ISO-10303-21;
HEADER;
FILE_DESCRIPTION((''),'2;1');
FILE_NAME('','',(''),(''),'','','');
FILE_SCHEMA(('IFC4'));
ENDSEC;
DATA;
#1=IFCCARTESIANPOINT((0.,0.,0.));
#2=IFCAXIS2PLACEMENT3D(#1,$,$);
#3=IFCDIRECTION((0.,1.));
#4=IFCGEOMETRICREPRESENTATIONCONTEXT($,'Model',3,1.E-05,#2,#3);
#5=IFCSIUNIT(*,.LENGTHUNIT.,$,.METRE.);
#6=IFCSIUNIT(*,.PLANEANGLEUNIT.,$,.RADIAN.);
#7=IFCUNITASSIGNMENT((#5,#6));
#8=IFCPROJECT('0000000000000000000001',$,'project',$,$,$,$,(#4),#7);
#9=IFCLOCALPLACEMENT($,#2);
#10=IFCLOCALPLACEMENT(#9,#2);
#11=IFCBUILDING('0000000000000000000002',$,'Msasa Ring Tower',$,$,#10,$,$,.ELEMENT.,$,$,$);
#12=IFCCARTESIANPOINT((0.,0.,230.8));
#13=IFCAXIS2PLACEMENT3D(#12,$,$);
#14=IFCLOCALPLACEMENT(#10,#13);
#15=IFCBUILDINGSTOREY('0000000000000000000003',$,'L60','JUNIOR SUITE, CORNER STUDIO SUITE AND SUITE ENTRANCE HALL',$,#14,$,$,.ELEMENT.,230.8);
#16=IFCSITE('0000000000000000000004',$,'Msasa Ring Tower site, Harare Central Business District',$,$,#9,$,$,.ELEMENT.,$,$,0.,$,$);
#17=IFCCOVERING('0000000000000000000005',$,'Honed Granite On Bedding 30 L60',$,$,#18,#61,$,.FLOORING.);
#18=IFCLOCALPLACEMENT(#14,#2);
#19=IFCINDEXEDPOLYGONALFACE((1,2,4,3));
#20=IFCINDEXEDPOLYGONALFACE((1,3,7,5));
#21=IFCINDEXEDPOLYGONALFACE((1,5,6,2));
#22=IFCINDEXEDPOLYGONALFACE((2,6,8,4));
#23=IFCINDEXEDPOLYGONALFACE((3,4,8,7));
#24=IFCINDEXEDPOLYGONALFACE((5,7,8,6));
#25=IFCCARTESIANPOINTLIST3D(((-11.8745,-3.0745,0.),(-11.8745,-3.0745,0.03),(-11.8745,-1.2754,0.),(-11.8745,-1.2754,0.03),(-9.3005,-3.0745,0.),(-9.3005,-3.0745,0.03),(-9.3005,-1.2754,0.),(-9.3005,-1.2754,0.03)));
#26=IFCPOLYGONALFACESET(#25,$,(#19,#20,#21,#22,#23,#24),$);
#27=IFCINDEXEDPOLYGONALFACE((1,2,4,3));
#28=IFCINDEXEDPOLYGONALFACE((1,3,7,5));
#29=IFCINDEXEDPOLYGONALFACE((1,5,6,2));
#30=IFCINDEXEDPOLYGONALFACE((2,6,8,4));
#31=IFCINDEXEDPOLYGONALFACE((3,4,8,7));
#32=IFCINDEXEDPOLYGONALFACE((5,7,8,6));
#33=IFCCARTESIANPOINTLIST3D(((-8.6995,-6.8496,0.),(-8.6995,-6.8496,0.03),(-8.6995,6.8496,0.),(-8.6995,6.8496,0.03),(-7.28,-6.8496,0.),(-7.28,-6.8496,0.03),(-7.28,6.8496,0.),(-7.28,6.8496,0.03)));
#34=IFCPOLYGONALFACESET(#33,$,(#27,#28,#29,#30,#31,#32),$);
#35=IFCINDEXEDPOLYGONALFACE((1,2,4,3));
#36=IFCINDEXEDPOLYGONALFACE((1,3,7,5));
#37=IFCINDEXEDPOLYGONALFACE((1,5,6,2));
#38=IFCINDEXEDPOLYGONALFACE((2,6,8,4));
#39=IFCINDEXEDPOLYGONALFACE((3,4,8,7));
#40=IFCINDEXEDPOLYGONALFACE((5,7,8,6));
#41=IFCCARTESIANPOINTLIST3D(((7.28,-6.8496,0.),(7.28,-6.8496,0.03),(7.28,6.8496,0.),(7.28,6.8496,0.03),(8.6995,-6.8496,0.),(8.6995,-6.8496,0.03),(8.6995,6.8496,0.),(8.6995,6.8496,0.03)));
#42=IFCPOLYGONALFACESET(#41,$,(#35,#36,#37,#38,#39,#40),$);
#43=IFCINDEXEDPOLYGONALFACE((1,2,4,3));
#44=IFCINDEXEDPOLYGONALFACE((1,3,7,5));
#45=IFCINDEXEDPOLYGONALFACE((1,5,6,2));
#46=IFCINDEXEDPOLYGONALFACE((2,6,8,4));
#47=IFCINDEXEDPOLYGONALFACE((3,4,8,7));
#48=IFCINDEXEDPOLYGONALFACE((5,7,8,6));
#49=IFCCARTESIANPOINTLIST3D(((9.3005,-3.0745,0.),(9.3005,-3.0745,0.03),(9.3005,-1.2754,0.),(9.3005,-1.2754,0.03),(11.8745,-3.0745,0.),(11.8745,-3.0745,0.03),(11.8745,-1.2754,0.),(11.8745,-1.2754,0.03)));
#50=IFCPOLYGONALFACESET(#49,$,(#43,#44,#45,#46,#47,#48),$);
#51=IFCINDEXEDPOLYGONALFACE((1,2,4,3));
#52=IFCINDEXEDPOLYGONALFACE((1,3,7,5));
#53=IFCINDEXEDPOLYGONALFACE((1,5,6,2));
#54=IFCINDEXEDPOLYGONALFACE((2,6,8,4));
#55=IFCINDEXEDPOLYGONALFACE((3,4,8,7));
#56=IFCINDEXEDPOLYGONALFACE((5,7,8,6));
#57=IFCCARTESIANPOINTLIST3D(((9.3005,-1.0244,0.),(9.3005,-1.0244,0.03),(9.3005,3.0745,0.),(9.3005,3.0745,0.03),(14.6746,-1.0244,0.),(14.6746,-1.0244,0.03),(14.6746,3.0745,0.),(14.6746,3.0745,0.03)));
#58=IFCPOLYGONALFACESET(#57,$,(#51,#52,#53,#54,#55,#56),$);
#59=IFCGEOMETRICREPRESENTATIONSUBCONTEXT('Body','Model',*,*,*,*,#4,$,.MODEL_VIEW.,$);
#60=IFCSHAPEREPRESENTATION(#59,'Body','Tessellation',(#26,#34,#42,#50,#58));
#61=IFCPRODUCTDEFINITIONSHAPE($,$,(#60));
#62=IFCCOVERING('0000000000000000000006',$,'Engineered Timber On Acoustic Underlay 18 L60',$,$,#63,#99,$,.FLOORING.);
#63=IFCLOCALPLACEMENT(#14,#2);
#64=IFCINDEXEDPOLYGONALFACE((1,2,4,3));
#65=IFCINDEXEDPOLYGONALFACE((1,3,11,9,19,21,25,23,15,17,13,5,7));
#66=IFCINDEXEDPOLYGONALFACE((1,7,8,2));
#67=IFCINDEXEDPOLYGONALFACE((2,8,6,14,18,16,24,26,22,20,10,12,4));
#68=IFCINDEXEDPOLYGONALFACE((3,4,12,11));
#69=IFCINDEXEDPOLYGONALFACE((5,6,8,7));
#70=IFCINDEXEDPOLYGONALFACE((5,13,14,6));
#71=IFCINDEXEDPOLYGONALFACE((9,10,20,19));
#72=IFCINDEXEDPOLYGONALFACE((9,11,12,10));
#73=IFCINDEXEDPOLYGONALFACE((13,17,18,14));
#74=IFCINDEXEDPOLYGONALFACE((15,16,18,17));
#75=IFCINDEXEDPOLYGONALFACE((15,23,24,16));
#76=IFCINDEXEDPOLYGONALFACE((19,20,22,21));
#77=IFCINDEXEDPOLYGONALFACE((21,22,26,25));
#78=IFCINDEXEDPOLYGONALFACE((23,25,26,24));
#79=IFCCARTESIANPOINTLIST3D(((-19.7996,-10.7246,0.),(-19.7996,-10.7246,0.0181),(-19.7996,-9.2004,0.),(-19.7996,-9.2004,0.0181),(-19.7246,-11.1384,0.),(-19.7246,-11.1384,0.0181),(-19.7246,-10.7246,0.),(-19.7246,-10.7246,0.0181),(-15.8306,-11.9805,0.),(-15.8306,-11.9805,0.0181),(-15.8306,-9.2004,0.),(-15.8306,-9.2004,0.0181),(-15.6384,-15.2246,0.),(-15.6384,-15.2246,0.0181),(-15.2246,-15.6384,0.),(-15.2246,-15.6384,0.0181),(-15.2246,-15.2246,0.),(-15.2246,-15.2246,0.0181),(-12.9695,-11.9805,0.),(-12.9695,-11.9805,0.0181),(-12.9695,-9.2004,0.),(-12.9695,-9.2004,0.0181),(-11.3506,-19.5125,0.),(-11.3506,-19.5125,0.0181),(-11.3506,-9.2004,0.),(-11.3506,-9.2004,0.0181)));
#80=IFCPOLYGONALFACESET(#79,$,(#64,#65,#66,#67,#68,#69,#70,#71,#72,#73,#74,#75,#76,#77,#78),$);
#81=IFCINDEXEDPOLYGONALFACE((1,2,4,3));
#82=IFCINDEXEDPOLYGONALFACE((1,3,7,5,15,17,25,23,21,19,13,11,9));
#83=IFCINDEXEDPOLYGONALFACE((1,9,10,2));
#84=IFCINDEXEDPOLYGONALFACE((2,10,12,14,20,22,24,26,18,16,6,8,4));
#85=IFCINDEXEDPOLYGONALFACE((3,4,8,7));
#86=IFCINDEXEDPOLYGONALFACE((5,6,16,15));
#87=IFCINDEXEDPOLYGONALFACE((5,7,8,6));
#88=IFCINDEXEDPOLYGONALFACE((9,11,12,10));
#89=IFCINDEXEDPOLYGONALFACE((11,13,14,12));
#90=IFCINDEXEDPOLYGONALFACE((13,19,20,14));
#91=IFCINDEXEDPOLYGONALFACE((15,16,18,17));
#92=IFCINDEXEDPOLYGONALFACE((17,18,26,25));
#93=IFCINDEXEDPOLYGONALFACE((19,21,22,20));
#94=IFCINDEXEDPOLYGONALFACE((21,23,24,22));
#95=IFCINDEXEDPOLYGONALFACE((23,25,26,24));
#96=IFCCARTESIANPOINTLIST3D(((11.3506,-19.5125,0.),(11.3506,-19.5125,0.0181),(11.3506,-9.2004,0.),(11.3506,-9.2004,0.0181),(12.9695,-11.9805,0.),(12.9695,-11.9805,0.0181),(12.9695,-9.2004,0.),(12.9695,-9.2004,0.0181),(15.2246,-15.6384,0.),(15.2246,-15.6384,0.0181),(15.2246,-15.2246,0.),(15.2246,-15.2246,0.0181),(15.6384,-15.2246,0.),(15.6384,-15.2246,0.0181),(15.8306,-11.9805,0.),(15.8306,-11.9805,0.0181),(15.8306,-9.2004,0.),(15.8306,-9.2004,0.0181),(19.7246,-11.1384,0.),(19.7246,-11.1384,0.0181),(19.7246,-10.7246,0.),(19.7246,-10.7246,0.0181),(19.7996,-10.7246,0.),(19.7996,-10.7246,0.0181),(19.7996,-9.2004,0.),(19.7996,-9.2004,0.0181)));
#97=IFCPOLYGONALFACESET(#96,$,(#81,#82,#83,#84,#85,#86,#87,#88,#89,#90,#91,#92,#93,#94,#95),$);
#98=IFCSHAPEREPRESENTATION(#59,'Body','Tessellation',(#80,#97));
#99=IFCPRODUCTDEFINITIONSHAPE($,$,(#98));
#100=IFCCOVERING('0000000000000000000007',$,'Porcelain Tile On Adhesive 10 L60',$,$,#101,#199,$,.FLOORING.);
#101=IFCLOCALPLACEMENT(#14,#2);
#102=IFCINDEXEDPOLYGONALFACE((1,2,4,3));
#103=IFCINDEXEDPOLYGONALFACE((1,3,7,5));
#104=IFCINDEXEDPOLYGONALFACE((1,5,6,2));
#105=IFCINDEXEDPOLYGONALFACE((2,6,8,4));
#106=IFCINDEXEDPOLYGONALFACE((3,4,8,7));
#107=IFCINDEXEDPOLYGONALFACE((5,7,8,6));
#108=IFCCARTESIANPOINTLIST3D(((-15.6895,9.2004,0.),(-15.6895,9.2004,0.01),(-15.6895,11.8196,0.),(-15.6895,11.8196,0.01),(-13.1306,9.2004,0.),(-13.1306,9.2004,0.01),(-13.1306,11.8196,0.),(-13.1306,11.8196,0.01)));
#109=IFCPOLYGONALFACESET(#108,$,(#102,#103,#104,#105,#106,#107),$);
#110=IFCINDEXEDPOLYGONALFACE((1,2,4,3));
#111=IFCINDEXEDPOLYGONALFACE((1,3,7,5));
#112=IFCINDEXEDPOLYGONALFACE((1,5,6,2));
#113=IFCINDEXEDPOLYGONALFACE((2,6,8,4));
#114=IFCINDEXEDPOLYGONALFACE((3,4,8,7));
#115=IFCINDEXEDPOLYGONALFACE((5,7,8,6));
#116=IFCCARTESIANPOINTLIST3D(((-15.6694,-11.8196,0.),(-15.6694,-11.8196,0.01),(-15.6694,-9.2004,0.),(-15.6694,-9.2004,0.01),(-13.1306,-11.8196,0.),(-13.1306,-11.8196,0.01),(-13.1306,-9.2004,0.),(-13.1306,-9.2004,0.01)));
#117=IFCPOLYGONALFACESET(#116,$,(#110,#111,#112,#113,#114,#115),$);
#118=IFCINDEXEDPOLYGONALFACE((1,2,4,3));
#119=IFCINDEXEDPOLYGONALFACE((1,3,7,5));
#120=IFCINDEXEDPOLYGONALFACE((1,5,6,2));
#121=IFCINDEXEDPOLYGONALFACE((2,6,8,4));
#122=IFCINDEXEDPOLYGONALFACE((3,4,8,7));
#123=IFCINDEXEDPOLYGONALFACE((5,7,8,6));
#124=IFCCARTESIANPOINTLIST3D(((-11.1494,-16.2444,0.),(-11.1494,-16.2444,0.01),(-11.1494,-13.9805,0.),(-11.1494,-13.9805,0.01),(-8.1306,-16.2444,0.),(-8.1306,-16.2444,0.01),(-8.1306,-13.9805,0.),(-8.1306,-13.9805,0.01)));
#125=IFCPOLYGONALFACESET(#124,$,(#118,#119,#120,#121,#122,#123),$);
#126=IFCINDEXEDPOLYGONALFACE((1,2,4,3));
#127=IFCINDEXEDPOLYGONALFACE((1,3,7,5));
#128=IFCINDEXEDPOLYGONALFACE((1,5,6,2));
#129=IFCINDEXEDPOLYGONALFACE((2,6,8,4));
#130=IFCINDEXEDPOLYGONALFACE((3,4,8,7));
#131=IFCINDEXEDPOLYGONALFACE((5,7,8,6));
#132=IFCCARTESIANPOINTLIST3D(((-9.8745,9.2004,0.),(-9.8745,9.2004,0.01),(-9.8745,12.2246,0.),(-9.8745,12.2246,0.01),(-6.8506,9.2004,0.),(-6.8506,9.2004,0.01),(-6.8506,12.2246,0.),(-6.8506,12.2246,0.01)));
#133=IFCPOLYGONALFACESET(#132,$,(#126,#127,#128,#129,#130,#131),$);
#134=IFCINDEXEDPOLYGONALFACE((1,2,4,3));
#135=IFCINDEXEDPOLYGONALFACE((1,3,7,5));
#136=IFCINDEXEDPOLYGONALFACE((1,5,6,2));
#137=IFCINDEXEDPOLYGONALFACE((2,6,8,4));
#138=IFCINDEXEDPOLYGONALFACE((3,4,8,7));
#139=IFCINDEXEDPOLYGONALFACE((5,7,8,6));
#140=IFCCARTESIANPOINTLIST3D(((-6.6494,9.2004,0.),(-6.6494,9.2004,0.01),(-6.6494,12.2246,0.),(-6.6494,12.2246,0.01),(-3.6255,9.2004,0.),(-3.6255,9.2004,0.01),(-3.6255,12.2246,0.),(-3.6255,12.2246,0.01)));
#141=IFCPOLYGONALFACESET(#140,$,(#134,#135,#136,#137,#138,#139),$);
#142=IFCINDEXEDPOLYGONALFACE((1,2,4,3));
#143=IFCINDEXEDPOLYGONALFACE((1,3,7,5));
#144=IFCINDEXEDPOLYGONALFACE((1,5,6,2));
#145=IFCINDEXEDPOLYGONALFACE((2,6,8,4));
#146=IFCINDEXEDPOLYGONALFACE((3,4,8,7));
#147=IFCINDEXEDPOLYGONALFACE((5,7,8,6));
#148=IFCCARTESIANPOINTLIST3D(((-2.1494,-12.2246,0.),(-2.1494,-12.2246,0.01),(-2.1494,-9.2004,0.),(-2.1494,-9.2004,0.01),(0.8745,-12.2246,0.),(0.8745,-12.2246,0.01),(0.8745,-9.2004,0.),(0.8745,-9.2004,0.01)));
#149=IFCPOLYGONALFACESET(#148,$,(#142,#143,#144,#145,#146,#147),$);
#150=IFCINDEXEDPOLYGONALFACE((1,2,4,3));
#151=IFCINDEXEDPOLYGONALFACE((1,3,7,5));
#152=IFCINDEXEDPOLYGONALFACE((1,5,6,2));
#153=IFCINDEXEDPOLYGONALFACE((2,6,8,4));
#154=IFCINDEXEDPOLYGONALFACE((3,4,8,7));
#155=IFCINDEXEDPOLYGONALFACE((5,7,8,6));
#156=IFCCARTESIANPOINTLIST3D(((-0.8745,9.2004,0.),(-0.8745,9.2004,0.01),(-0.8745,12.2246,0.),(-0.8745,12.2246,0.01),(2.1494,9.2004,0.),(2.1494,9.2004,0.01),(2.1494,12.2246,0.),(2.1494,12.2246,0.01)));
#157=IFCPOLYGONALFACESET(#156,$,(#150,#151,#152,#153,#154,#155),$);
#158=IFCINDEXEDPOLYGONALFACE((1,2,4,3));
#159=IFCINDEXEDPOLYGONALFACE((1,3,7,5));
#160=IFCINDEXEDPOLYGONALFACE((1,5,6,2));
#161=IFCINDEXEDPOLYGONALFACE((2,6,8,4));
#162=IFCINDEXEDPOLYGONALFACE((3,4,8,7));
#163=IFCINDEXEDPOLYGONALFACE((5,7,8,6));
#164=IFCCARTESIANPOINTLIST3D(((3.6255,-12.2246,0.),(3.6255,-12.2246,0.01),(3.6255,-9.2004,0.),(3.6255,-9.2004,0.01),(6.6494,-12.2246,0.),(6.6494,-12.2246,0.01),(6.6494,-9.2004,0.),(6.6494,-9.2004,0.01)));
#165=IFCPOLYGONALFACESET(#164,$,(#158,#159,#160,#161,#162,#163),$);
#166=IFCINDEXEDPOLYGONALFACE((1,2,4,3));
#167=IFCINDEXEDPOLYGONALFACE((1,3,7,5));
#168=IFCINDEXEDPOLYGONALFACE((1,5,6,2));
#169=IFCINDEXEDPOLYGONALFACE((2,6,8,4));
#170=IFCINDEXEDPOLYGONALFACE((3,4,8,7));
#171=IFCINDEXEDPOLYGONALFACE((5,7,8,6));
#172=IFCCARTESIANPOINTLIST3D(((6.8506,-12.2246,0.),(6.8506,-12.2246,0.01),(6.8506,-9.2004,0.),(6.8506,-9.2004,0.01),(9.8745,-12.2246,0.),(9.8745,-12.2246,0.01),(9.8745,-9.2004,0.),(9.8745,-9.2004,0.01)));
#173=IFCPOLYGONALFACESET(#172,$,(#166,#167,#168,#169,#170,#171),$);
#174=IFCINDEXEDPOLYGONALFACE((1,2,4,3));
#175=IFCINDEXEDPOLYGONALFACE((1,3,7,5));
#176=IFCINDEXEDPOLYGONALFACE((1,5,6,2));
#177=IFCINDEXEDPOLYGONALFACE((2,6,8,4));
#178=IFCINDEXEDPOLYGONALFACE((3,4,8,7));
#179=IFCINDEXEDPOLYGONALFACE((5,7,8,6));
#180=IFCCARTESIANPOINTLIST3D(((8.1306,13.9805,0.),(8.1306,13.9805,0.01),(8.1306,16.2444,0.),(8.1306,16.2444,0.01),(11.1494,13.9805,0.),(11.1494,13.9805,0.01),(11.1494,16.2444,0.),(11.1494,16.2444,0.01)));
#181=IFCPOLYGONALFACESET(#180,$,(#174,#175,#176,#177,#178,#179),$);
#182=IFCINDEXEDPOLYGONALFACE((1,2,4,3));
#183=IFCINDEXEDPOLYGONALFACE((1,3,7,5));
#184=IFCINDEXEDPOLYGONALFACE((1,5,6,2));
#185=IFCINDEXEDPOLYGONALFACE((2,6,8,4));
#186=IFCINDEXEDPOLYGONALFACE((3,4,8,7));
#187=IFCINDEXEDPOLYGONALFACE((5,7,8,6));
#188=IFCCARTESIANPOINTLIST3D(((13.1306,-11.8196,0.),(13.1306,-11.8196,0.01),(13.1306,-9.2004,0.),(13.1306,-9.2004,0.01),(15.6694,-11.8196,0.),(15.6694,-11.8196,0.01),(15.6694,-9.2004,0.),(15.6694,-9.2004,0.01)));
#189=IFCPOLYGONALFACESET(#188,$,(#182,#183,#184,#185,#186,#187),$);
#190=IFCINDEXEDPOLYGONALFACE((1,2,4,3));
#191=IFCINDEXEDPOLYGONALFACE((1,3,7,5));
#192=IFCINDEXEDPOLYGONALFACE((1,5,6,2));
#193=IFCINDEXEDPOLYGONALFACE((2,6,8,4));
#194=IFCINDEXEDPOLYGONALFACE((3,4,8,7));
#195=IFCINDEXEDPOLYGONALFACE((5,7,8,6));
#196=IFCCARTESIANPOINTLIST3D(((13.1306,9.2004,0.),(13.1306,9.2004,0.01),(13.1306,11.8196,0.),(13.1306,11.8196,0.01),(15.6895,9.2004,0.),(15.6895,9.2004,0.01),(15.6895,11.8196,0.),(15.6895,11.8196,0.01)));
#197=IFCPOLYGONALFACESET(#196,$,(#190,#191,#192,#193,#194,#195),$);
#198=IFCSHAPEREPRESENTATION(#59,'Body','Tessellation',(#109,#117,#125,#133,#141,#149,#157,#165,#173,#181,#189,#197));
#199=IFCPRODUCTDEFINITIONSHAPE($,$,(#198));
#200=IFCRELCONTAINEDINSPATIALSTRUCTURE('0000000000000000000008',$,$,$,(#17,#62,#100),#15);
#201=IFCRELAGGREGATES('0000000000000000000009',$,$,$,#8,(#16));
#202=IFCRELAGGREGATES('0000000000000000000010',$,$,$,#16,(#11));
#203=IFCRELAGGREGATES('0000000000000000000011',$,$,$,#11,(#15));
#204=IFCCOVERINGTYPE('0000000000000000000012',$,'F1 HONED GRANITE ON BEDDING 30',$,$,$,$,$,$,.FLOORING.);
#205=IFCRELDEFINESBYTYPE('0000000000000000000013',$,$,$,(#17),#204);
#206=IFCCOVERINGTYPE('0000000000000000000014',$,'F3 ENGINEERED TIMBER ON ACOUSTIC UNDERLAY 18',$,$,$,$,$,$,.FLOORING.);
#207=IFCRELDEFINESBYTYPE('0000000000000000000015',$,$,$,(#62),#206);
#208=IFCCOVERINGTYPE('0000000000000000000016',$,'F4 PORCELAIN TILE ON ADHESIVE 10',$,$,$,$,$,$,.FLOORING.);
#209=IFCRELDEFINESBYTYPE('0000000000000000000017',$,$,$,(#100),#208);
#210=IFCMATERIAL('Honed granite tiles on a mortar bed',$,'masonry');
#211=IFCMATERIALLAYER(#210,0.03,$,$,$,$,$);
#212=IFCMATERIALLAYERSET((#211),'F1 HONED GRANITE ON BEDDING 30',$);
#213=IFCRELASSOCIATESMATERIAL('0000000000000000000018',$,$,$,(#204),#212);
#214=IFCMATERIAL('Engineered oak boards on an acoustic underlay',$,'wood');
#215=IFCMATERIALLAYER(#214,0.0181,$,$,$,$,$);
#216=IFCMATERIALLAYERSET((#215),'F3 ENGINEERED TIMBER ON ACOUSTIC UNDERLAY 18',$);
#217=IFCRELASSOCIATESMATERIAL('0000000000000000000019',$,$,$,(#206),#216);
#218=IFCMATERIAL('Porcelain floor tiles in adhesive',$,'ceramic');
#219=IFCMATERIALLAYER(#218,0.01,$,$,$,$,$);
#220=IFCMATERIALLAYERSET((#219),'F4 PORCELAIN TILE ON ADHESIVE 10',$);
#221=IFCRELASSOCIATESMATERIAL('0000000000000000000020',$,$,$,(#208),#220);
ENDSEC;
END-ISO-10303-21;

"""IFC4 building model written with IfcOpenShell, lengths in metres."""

from ifc_helpers import new_model, si_unit, direction, frame, origin, place, context, subcontext, project, spatial, line, indexed_curve, outline, extrude, material, layer, layer_set, type_object, element, save


model = new_model("IFC4")

# Units and contexts
model_context = context("Model", 3, precision=1e-05, world=origin(), true_north=direction((0.0, 1.0)))
body_context = subcontext(model_context, "Body", "Model", "MODEL_VIEW")
ifc_project = project(units=[si_unit("LENGTHUNIT", "METRE"), si_unit("PLANEANGLEUNIT", "RADIAN")], contexts=[model_context])

# Site, building, storey
site_placement = place(None, origin())
site = spatial("IfcSite", under=ifc_project, at=site_placement, Name="Msasa Ring Tower site, Harare Central Business District", CompositionType="ELEMENT", RefElevation=0.0)
building_placement = place(site_placement, origin())
building = spatial("IfcBuilding", under=site, at=building_placement, Name="Msasa Ring Tower", CompositionType="ELEMENT")
storey_placement = place(building_placement, frame((0.0, 0.0, 230.8)))
storey = spatial("IfcBuildingStorey", under=building, at=storey_placement, Name="L60", Description="JUNIOR SUITE, CORNER STUDIO SUITE AND SUITE ENTRANCE HALL", CompositionType="ELEMENT", Elevation=230.8)

# Coverings
ifc_material_1 = material(Name="Honed granite tiles on a mortar bed", Category="masonry")
ifc_layer_1 = layer(ifc_material_1, 0.03)
ifc_layer_set_1 = layer_set([ifc_layer_1], Name="F1 HONED GRANITE ON BEDDING 30")
covering_type_1 = type_object("IfcCoveringType", Name="F1 HONED GRANITE ON BEDDING 30", PredefinedType="FLOORING", material=ifc_layer_set_1)
covering_1_placement = place(storey_placement, origin())
element("IfcCovering", 1, at=covering_1_placement, inside=storey, type_object=covering_type_1, Name="Honed Granite On Bedding 30 L60", PredefinedType="FLOORING", context=body_context, shape_type="SweptSolid", body=[
    extrude(outline(indexed_curve([(-11.8745, -3.0745), (-11.8745, -1.2754), (-9.3005, -1.2754), (-9.3005, -3.0745)], segments=[line(1, 2, 3, 4, 1)], self_intersect=False)), origin(), (0.0, 0.0, 1.0), 0.03),
    extrude(outline(indexed_curve([(-8.6995, -6.8496), (-8.6995, 6.8496), (-7.28, 6.8496), (-7.28, -6.8496)], segments=[line(1, 2, 3, 4, 1)], self_intersect=False)), origin(), (0.0, 0.0, 1.0), 0.03),
    extrude(outline(indexed_curve([(8.6995, 6.8496), (8.6995, -6.8496), (7.28, -6.8496), (7.28, 6.8496)], segments=[line(1, 2, 3, 4, 1)], self_intersect=False)), origin(), (0.0, 0.0, 1.0), 0.03),
    extrude(outline(indexed_curve([(9.3005, -3.0745), (9.3005, -1.2754), (11.8745, -1.2754), (11.8745, -3.0745)], segments=[line(1, 2, 3, 4, 1)], self_intersect=False)), origin(), (0.0, 0.0, 1.0), 0.03),
    extrude(outline(indexed_curve([(9.3005, 3.0745), (14.6746, 3.0745), (14.6746, -1.0244), (9.3005, -1.0244)], segments=[line(1, 2, 3, 4, 1)], self_intersect=False)), origin(), (0.0, 0.0, 1.0), 0.03),
])
ifc_material_2 = material(Name="Engineered oak boards on an acoustic underlay", Category="wood")
ifc_layer_2 = layer(ifc_material_2, 0.0181)
ifc_layer_set_2 = layer_set([ifc_layer_2], Name="F3 ENGINEERED TIMBER ON ACOUSTIC UNDERLAY 18")
covering_type_2 = type_object("IfcCoveringType", Name="F3 ENGINEERED TIMBER ON ACOUSTIC UNDERLAY 18", PredefinedType="FLOORING", material=ifc_layer_set_2)
covering_2_placement = place(storey_placement, origin())
element("IfcCovering", 2, at=covering_2_placement, inside=storey, type_object=covering_type_2, Name="Engineered Timber On Acoustic Underlay 18 L60", PredefinedType="FLOORING", context=body_context, shape_type="SweptSolid", body=[
    extrude(outline(indexed_curve([(-15.8306, -9.2004), (-15.8306, -11.9805), (-12.9695, -11.9805), (-12.9695, -9.2004), (-11.3506, -9.2004), (-11.3506, -19.5125), (-15.2246, -15.6384), (-15.2246, -15.2246), (-15.6384, -15.2246), (-19.7246, -11.1384), (-19.7246, -10.7246), (-19.7996, -10.7246), (-19.7996, -9.2004)], segments=[line(1, 2, 3, 4, 5, 6, 7, 8, 9, 10, 11, 12, 13, 1)], self_intersect=False)), origin(), (0.0, 0.0, 1.0), 0.0181),
    extrude(outline(indexed_curve([(15.8306, -11.9805), (15.8306, -9.2004), (19.7996, -9.2004), (19.7996, -10.7246), (19.7246, -10.7246), (19.7246, -11.1384), (15.6384, -15.2246), (15.2246, -15.2246), (15.2246, -15.6384), (11.3506, -19.5125), (11.3506, -9.2004), (12.9695, -9.2004), (12.9695, -11.9805)], segments=[line(1, 2, 3, 4, 5, 6, 7, 8, 9, 10, 11, 12, 13, 1)], self_intersect=False)), origin(), (0.0, 0.0, 1.0), 0.0181),
])
ifc_material_3 = material(Name="Porcelain floor tiles in adhesive", Category="ceramic")
ifc_layer_3 = layer(ifc_material_3, 0.01)
ifc_layer_set_3 = layer_set([ifc_layer_3], Name="F4 PORCELAIN TILE ON ADHESIVE 10")
covering_type_3 = type_object("IfcCoveringType", Name="F4 PORCELAIN TILE ON ADHESIVE 10", PredefinedType="FLOORING", material=ifc_layer_set_3)
covering_3_placement = place(storey_placement, origin())
element("IfcCovering", 3, at=covering_3_placement, inside=storey, type_object=covering_type_3, Name="Porcelain Tile On Adhesive 10 L60", PredefinedType="FLOORING", context=body_context, shape_type="SweptSolid", body=[
    extrude(outline(indexed_curve([(-15.6895, 11.8196), (-13.1306, 11.8196), (-13.1306, 9.2004), (-15.6895, 9.2004)], segments=[line(1, 2, 3, 4, 1)], self_intersect=False)), origin(), (0.0, 0.0, 1.0), 0.01),
    extrude(outline(indexed_curve([(-13.1306, -9.2004), (-13.1306, -11.8196), (-15.6694, -11.8196), (-15.6694, -9.2004)], segments=[line(1, 2, 3, 4, 1)], self_intersect=False)), origin(), (0.0, 0.0, 1.0), 0.01),
    extrude(outline(indexed_curve([(-8.1306, -13.9805), (-8.1306, -16.2444), (-11.1494, -16.2444), (-11.1494, -13.9805)], segments=[line(1, 2, 3, 4, 1)], self_intersect=False)), origin(), (0.0, 0.0, 1.0), 0.01),
    extrude(outline(indexed_curve([(-9.8745, 9.2004), (-9.8745, 12.2246), (-6.8506, 12.2246), (-6.8506, 9.2004)], segments=[line(1, 2, 3, 4, 1)], self_intersect=False)), origin(), (0.0, 0.0, 1.0), 0.01),
    extrude(outline(indexed_curve([(-6.6494, 9.2004), (-6.6494, 12.2246), (-3.6255, 12.2246), (-3.6255, 9.2004)], segments=[line(1, 2, 3, 4, 1)], self_intersect=False)), origin(), (0.0, 0.0, 1.0), 0.01),
    extrude(outline(indexed_curve([(0.8745, -9.2004), (0.8745, -12.2246), (-2.1494, -12.2246), (-2.1494, -9.2004)], segments=[line(1, 2, 3, 4, 1)], self_intersect=False)), origin(), (0.0, 0.0, 1.0), 0.01),
    extrude(outline(indexed_curve([(2.1494, 9.2004), (-0.8745, 9.2004), (-0.8745, 12.2246), (2.1494, 12.2246)], segments=[line(1, 2, 3, 4, 1)], self_intersect=False)), origin(), (0.0, 0.0, 1.0), 0.01),
    extrude(outline(indexed_curve([(6.6494, -9.2004), (6.6494, -12.2246), (3.6255, -12.2246), (3.6255, -9.2004)], segments=[line(1, 2, 3, 4, 1)], self_intersect=False)), origin(), (0.0, 0.0, 1.0), 0.01),
    extrude(outline(indexed_curve([(9.8745, -9.2004), (9.8745, -12.2246), (6.8506, -12.2246), (6.8506, -9.2004)], segments=[line(1, 2, 3, 4, 1)], self_intersect=False)), origin(), (0.0, 0.0, 1.0), 0.01),
    extrude(outline(indexed_curve([(11.1494, 16.2444), (11.1494, 13.9805), (8.1306, 13.9805), (8.1306, 16.2444)], segments=[line(1, 2, 3, 4, 1)], self_intersect=False)), origin(), (0.0, 0.0, 1.0), 0.01),
    extrude(outline(indexed_curve([(15.6694, -9.2004), (15.6694, -11.8196), (13.1306, -11.8196), (13.1306, -9.2004)], segments=[line(1, 2, 3, 4, 1)], self_intersect=False)), origin(), (0.0, 0.0, 1.0), 0.01),
    extrude(outline(indexed_curve([(13.1306, 11.8196), (15.6895, 11.8196), (15.6895, 9.2004), (13.1306, 9.2004)], segments=[line(1, 2, 3, 4, 1)], self_intersect=False)), origin(), (0.0, 0.0, 1.0), 0.01),
])

save(model, "model.ifc")
